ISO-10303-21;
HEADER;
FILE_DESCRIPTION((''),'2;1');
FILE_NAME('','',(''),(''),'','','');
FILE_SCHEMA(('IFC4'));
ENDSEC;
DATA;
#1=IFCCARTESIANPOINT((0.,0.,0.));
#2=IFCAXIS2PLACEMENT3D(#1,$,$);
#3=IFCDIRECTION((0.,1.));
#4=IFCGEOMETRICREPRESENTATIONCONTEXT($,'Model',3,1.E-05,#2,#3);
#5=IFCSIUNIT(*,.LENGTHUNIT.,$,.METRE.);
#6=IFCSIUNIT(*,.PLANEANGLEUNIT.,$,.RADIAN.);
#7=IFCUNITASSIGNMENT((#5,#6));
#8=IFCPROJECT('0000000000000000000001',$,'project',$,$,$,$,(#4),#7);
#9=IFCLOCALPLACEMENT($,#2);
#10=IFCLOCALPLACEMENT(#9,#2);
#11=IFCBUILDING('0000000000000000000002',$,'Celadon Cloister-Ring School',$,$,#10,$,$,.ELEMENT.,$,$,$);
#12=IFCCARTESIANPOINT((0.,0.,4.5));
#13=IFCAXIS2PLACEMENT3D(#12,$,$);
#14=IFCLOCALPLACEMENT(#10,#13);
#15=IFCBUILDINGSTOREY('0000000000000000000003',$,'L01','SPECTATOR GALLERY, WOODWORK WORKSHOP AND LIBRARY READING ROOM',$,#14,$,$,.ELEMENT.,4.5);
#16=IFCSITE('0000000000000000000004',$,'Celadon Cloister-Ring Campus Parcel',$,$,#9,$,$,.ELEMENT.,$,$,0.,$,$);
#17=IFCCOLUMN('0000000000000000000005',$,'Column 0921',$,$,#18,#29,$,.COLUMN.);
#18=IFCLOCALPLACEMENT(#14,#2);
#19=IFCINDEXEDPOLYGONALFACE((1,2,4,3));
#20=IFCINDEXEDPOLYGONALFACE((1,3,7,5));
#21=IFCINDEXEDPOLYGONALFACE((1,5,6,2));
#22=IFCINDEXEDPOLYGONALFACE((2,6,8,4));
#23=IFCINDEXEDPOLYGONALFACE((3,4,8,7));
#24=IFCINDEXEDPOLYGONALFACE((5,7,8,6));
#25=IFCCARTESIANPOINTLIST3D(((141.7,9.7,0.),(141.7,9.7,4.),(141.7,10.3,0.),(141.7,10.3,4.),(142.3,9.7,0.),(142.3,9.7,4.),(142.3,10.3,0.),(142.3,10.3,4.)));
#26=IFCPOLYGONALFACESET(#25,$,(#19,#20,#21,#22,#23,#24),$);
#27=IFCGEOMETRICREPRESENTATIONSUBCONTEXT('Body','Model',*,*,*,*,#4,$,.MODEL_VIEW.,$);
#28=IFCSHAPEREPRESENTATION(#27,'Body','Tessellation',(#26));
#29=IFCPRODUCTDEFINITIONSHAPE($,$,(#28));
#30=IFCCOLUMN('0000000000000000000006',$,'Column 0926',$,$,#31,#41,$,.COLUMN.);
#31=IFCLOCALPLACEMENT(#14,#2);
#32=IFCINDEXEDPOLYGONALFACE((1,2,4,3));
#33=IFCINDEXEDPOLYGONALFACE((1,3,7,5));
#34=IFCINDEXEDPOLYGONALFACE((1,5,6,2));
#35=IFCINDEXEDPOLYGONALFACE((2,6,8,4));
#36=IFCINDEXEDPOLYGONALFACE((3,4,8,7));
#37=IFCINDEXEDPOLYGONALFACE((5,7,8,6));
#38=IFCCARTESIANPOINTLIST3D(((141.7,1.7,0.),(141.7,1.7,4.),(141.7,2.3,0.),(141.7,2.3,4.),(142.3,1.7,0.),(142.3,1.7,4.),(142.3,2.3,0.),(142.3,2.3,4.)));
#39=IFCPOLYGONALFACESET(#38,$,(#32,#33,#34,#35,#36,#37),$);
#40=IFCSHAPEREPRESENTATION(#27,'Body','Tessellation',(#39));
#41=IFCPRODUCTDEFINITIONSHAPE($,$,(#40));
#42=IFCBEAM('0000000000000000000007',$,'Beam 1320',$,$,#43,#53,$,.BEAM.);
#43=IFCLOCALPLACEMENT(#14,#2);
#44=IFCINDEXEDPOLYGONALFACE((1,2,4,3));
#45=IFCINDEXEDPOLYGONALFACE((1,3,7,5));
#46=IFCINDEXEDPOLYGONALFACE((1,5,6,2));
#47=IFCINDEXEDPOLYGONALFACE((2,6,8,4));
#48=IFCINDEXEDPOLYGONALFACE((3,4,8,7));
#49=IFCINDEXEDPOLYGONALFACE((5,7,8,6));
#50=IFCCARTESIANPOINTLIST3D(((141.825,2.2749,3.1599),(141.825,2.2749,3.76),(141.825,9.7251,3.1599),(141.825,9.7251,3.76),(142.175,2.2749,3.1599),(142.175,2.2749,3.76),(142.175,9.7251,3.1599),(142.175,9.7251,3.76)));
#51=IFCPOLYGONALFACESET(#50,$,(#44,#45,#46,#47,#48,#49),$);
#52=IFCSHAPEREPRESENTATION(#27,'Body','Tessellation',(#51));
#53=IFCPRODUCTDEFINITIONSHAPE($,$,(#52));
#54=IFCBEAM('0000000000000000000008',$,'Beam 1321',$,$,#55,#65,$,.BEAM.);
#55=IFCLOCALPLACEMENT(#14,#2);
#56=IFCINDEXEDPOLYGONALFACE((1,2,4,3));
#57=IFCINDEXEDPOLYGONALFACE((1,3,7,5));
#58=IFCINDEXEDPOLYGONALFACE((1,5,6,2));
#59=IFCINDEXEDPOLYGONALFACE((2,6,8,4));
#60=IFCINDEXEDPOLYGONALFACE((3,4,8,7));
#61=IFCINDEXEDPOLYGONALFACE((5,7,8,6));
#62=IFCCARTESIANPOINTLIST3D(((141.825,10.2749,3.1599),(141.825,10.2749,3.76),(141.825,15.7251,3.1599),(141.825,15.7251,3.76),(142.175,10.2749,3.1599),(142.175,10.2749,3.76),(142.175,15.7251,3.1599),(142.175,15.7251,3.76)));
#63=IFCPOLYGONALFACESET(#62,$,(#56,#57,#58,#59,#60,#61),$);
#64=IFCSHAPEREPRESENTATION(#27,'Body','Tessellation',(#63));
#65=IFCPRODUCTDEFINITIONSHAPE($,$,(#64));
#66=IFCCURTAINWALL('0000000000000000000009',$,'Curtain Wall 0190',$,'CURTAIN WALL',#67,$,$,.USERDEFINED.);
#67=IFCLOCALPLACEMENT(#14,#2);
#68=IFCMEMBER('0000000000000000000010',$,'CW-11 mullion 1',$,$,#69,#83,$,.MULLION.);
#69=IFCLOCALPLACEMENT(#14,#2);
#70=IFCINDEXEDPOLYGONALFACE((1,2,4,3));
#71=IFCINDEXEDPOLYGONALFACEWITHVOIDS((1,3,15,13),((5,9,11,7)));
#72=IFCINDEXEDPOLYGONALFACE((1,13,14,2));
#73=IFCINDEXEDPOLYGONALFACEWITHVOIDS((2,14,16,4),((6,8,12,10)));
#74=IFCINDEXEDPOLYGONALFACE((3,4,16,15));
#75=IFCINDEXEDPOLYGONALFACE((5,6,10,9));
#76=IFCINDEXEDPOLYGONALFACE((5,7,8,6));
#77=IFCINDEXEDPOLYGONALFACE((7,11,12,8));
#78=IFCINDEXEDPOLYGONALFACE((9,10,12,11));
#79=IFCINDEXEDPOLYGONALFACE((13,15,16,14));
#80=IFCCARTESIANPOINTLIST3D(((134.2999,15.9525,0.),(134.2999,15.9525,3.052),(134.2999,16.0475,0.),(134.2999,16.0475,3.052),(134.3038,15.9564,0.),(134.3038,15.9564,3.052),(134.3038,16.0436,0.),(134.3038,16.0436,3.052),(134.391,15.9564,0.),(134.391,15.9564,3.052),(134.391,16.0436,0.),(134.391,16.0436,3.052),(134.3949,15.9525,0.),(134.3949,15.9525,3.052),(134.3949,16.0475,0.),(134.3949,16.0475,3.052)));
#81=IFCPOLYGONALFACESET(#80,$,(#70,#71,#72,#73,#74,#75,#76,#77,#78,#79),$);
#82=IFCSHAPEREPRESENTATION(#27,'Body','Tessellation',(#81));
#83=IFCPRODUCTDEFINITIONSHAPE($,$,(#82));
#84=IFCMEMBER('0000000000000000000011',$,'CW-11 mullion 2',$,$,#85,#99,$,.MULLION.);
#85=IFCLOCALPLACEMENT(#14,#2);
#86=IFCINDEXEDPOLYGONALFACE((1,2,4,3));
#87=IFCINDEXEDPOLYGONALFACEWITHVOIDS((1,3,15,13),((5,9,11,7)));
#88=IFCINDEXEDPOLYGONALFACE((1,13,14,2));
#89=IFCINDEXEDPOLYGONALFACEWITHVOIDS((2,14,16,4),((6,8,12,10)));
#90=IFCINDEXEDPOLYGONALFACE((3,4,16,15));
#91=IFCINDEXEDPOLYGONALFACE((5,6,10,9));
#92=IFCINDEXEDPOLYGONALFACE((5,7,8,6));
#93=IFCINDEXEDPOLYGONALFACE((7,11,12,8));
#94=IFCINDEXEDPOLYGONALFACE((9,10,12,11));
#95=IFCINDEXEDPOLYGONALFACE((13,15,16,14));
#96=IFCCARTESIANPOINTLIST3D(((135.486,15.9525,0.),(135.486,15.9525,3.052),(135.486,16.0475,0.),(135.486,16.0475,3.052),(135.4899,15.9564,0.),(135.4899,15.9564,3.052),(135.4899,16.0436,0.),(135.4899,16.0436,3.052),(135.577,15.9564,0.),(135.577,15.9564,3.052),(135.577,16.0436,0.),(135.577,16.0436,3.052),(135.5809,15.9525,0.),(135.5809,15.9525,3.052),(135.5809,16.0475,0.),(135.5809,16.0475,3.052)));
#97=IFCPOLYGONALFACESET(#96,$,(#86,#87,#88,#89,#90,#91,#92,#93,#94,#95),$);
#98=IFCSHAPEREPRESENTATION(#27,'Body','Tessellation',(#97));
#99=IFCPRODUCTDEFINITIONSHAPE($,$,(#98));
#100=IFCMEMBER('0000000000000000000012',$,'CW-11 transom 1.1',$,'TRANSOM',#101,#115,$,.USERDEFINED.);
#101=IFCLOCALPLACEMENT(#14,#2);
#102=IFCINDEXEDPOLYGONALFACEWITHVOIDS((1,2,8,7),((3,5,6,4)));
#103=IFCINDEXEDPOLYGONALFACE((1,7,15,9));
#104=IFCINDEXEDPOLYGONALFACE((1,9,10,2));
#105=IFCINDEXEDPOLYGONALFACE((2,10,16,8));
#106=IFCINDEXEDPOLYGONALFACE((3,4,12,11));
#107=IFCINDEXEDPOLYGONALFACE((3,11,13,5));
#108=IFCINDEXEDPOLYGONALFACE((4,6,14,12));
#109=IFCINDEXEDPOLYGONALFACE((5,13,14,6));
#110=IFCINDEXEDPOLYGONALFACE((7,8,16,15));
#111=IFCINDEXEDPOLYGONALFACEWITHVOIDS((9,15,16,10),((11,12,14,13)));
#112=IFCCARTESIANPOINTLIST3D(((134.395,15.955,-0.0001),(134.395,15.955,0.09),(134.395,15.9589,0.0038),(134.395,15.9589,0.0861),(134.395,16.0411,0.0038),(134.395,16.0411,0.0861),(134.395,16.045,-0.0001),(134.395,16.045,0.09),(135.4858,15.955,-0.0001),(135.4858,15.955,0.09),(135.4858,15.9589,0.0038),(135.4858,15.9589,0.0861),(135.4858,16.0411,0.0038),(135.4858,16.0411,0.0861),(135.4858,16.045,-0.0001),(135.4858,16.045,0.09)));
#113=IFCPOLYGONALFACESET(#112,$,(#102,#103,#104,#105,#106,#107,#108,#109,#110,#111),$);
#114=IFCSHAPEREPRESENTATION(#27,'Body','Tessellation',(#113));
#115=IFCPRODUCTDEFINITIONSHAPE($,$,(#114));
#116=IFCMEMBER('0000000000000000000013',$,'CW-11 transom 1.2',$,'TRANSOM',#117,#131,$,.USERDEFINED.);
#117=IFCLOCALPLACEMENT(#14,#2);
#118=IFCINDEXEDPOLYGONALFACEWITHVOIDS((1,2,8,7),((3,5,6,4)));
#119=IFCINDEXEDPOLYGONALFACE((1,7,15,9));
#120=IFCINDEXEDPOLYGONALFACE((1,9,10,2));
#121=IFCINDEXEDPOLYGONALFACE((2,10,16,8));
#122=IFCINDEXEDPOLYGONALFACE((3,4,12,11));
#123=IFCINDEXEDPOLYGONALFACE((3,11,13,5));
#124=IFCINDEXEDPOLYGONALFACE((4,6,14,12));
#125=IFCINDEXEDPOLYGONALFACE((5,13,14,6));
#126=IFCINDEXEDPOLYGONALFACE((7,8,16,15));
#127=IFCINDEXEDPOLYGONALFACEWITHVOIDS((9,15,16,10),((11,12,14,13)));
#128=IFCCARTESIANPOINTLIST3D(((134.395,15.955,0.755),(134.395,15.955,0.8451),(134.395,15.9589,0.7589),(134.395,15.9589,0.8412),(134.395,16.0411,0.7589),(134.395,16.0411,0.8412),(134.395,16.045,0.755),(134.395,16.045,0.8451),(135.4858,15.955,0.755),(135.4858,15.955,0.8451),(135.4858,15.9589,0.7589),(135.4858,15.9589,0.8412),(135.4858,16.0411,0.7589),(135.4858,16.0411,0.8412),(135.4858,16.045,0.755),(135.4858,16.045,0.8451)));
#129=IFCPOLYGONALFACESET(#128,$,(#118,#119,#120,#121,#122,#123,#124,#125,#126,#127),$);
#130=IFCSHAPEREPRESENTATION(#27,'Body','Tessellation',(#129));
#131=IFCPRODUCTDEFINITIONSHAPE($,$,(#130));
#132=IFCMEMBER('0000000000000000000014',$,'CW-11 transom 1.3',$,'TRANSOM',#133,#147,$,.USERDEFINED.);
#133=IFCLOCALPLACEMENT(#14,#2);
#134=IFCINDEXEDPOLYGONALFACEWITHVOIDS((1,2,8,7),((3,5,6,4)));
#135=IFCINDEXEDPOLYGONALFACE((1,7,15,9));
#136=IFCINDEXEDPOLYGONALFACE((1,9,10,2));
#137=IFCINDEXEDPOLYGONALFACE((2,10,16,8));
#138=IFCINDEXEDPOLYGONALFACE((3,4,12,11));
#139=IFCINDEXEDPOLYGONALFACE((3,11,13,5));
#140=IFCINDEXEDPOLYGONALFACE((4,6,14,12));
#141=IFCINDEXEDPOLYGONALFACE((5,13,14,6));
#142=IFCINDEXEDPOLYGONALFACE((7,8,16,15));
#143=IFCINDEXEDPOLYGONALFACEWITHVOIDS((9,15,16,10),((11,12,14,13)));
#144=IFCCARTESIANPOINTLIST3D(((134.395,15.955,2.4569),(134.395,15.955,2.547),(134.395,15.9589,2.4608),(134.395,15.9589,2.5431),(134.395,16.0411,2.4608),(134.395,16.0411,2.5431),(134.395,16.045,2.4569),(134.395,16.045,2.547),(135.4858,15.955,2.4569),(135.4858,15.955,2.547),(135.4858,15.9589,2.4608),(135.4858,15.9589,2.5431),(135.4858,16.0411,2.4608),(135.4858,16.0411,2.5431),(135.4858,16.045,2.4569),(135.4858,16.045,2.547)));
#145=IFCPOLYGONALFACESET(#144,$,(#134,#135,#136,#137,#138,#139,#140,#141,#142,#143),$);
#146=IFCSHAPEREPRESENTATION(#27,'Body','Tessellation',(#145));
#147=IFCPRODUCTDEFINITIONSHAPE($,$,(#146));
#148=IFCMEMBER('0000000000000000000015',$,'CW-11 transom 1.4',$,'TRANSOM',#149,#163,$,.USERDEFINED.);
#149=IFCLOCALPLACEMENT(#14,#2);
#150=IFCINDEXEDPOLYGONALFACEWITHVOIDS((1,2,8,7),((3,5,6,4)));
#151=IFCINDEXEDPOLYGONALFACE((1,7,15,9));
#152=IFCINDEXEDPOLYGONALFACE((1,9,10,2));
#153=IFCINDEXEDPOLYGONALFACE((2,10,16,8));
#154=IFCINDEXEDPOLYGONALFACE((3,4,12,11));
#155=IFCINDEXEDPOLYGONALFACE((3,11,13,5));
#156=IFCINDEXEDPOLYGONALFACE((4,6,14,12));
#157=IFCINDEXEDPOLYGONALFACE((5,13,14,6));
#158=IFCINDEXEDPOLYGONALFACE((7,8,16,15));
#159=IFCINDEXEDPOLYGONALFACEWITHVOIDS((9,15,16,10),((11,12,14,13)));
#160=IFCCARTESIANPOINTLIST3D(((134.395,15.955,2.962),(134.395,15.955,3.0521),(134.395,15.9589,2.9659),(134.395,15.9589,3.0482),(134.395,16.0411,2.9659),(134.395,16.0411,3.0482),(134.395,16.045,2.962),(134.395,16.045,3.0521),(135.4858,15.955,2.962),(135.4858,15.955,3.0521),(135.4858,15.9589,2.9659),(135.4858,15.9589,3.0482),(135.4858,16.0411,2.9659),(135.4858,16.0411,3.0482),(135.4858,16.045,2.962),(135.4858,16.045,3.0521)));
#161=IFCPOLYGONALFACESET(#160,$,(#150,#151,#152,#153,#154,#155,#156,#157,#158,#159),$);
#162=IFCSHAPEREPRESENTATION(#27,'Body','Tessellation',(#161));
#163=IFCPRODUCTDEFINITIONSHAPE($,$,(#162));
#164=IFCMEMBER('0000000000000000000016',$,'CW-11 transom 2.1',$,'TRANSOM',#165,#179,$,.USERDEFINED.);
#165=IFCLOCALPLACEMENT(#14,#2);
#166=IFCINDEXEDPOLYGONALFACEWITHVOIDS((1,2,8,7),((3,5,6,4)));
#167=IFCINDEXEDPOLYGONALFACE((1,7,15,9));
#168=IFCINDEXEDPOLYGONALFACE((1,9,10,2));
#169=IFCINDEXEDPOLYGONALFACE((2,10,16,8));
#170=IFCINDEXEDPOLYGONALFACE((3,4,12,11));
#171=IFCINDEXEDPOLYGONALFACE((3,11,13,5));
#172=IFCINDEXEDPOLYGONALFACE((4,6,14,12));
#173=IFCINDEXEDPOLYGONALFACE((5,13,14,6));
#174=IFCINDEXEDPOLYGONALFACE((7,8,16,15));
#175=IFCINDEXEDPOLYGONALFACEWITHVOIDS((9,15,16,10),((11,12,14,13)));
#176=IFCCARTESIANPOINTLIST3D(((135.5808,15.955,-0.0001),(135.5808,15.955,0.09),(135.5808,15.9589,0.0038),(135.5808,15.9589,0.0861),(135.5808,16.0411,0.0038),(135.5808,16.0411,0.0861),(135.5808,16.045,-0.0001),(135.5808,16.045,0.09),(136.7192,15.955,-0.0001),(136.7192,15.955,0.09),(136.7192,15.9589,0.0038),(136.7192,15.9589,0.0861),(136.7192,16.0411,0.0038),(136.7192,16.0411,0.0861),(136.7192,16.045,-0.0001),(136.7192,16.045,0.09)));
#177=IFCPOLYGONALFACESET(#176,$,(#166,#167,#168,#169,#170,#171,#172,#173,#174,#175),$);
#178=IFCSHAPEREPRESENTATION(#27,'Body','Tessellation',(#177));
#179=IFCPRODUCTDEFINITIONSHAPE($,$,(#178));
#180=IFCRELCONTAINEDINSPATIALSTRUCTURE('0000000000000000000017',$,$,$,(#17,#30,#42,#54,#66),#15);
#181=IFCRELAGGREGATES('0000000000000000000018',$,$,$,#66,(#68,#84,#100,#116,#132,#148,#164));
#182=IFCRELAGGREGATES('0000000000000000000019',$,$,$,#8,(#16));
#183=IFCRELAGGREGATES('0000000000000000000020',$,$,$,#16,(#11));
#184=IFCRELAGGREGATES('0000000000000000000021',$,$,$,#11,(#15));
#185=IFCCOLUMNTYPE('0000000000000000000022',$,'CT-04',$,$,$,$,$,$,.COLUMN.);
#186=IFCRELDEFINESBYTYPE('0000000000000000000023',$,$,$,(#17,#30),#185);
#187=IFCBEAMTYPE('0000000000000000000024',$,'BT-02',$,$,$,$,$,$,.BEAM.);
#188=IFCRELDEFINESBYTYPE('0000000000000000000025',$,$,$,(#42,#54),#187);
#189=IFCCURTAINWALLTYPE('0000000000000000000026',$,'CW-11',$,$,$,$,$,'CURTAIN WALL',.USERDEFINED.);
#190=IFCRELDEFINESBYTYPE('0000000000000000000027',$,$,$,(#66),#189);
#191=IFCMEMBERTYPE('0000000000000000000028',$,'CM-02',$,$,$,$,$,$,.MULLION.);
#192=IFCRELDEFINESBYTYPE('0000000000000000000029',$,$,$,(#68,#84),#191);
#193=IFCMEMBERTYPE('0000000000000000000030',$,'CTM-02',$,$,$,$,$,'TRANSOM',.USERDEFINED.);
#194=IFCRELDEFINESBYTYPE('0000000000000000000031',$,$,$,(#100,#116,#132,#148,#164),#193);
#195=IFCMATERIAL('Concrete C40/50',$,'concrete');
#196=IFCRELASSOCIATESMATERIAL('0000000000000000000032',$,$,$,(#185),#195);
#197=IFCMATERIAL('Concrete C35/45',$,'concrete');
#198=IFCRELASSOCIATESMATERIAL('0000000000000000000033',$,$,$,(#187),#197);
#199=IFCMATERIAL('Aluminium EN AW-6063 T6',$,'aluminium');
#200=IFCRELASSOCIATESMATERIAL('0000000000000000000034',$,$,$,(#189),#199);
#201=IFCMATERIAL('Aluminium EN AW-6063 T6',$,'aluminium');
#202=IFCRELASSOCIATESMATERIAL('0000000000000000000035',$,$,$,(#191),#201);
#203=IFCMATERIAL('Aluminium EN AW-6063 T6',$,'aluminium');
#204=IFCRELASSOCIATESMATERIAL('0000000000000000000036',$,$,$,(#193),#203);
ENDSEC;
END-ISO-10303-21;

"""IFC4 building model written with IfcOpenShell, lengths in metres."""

from ifc_helpers import new_model, si_unit, direction, frame, origin, origin_2d, place, context, subcontext, project, spatial, rectangle, hollow_rectangle, extrude, material, material_profile, profile_set, type_object, element, aggregate, save


model = new_model("IFC4")

# Units and contexts
model_context = context("Model", 3, precision=1e-05, world=origin(), true_north=direction((0.0, 1.0)))
body_context = subcontext(model_context, "Body", "Model", "MODEL_VIEW")
ifc_project = project(units=[si_unit("LENGTHUNIT", "METRE"), si_unit("PLANEANGLEUNIT", "RADIAN")], contexts=[model_context])

# Site, building, storey
site_placement = place(None, origin())
site = spatial("IfcSite", under=ifc_project, at=site_placement, Name="Celadon Cloister-Ring Campus Parcel", CompositionType="ELEMENT", RefElevation=0.0)
building_placement = place(site_placement, origin())
building = spatial("IfcBuilding", under=site, at=building_placement, Name="Celadon Cloister-Ring School", CompositionType="ELEMENT")
storey_placement = place(building_placement, frame((0.0, 0.0, 4.5)))
storey = spatial("IfcBuildingStorey", under=building, at=storey_placement, Name="L01", Description="SPECTATOR GALLERY, WOODWORK WORKSHOP AND LIBRARY READING ROOM", CompositionType="ELEMENT", Elevation=4.5)

# Columns
ifc_material_1 = material(Name="Concrete C40/50", Category="concrete")
ifc_material_profile_1 = material_profile(ifc_material_1, rectangle(XDim=0.6001, YDim=0.6001, at=origin_2d()), Name="RC600X600")
ifc_profile_set_1 = profile_set([ifc_material_profile_1], Name="Concrete C40/50")
column_type = type_object("IfcColumnType", Name="CT-04", PredefinedType="COLUMN", material=ifc_profile_set_1)
for number, where, z_axis, x_axis, name in (
    (1, (142.0, 10.0, 0.0), (0.0, 0.0, 1.0), (1.0, 0.0, 0.0), "Column 0921"),
    (2, (142.0, 2.0, 0.0), (0.0, 0.0, 1.0), (1.0, 0.0, 0.0), "Column 0926"),
):
    element("IfcColumn", number, at=place(storey_placement, frame(where, z_axis=z_axis, x_axis=x_axis)), inside=storey, type_object=column_type, Name=name, PredefinedType="COLUMN", context=body_context, shape_type="SweptSolid", body=[
        extrude(rectangle(XDim=0.6001, YDim=0.6001, at=origin_2d()), origin(), (0.0, 0.0, 1.0), 4.0),
    ])

# Beams
ifc_material_2 = material(Name="Concrete C35/45", Category="concrete")
ifc_material_profile_2 = material_profile(ifc_material_2, rectangle(XDim=0.3501, YDim=0.6001, at=origin_2d()), Name="RC350X600")
ifc_profile_set_2 = profile_set([ifc_material_profile_2], Name="Concrete C35/45")
beam_type_1 = type_object("IfcBeamType", Name="BT-02", PredefinedType="BEAM", material=ifc_profile_set_2)
beam_1_placement = place(storey_placement, frame((142.0, 2.2749, 3.46), z_axis=(0.0, 1.0, 0.0), x_axis=(-1.0, 0.0, 0.0)))
element("IfcBeam", 3, at=beam_1_placement, inside=storey, type_object=beam_type_1, Name="Beam 1320", PredefinedType="BEAM", context=body_context, shape_type="SweptSolid", body=[
    extrude(rectangle(XDim=0.3501, YDim=0.6001, at=origin_2d()), origin(), (0.0, 0.0, 1.0), 7.4502),
])
beam_2_placement = place(storey_placement, frame((142.0, 10.2749, 3.46), z_axis=(0.0, 1.0, 0.0), x_axis=(-1.0, 0.0, 0.0)))
element("IfcBeam", 4, at=beam_2_placement, inside=storey, type_object=beam_type_1, Name="Beam 1321", PredefinedType="BEAM", context=body_context, shape_type="SweptSolid", body=[
    extrude(rectangle(XDim=0.3501, YDim=0.6001, at=origin_2d()), origin(), (0.0, 0.0, 1.0), 5.4502),
])

# Curtain wall, members
ifc_material_3 = material(Name="Aluminium EN AW-6063 T6", Category="aluminium")
curtain_wall_type = type_object("IfcCurtainWallType", Name="CW-11", ElementType="CURTAIN WALL", PredefinedType="USERDEFINED", material=ifc_material_3)
curtain_wall_placement = place(storey_placement, origin())
curtain_wall = element("IfcCurtainWall", 5, at=curtain_wall_placement, inside=storey, type_object=curtain_wall_type, Name="Curtain Wall 0190", ObjectType="CURTAIN WALL", PredefinedType="USERDEFINED")
ifc_material_4 = material(Name="Aluminium EN AW-6063 T6", Category="aluminium")
ifc_material_profile_3 = material_profile(ifc_material_4, hollow_rectangle(XDim=0.095, YDim=0.095, WallThickness=0.0039, at=origin_2d()), Name="RHS95X95X4")
ifc_profile_set_3 = profile_set([ifc_material_profile_3], Name="Aluminium EN AW-6063 T6")
member_type_1 = type_object("IfcMemberType", Name="CM-02", PredefinedType="MULLION", material=ifc_profile_set_3)
member_1_placement = place(storey_placement, frame((134.3474, 16.0, 0.0), z_axis=(0.0, 0.0, 1.0), x_axis=(0.0, 1.0, 0.0)))
member_1 = element("IfcMember", 6, at=member_1_placement, type_object=member_type_1, Name="CW-11 mullion 1", PredefinedType="MULLION", context=body_context, shape_type="SweptSolid", body=[
    extrude(hollow_rectangle(XDim=0.095, YDim=0.095, WallThickness=0.0039, at=origin_2d()), origin(), (0.0, 0.0, 1.0), 3.052),
])
member_2_placement = place(storey_placement, frame((135.5334, 16.0, 0.0), z_axis=(0.0, 0.0, 1.0), x_axis=(0.0, 1.0, 0.0)))
member_2 = element("IfcMember", 7, at=member_2_placement, type_object=member_type_1, Name="CW-11 mullion 2", PredefinedType="MULLION", context=body_context, shape_type="SweptSolid", body=[
    extrude(hollow_rectangle(XDim=0.095, YDim=0.095, WallThickness=0.0039, at=origin_2d()), origin(), (0.0, 0.0, 1.0), 3.052),
])
ifc_material_5 = material(Name="Aluminium EN AW-6063 T6", Category="aluminium")
ifc_material_profile_4 = material_profile(ifc_material_5, hollow_rectangle(XDim=0.0901, YDim=0.0901, WallThickness=0.0039, at=origin_2d()), Name="RHS90X90X4")
ifc_profile_set_4 = profile_set([ifc_material_profile_4], Name="Aluminium EN AW-6063 T6")
member_type_2 = type_object("IfcMemberType", Name="CTM-02", ElementType="TRANSOM", PredefinedType="USERDEFINED", material=ifc_profile_set_4)
member_3_placement = place(storey_placement, frame((134.395, 16.0, 0.0449), z_axis=(1.0, 0.0, 0.0), x_axis=(0.0, 1.0, 0.0)))
member_3 = element("IfcMember", 8, at=member_3_placement, type_object=member_type_2, Name="CW-11 transom 1.1", ObjectType="TRANSOM", PredefinedType="USERDEFINED", context=body_context, shape_type="SweptSolid", body=[
    extrude(hollow_rectangle(XDim=0.0901, YDim=0.0901, WallThickness=0.0039, at=origin_2d()), origin(), (0.0, 0.0, 1.0), 1.0908),
])
member_4_placement = place(storey_placement, frame((134.395, 16.0, 0.8), z_axis=(1.0, 0.0, 0.0), x_axis=(0.0, 1.0, 0.0)))
member_4 = element("IfcMember", 9, at=member_4_placement, type_object=member_type_2, Name="CW-11 transom 1.2", ObjectType="TRANSOM", PredefinedType="USERDEFINED", context=body_context, shape_type="SweptSolid", body=[
    extrude(hollow_rectangle(XDim=0.0901, YDim=0.0901, WallThickness=0.0039, at=origin_2d()), origin(), (0.0, 0.0, 1.0), 1.0908),
])
member_5_placement = place(storey_placement, frame((134.395, 16.0, 2.502), z_axis=(1.0, 0.0, 0.0), x_axis=(0.0, 1.0, 0.0)))
member_5 = element("IfcMember", 10, at=member_5_placement, type_object=member_type_2, Name="CW-11 transom 1.3", ObjectType="TRANSOM", PredefinedType="USERDEFINED", context=body_context, shape_type="SweptSolid", body=[
    extrude(hollow_rectangle(XDim=0.0901, YDim=0.0901, WallThickness=0.0039, at=origin_2d()), origin(), (0.0, 0.0, 1.0), 1.0908),
])
member_6_placement = place(storey_placement, frame((134.395, 16.0, 3.0071), z_axis=(1.0, 0.0, 0.0), x_axis=(0.0, 1.0, 0.0)))
member_6 = element("IfcMember", 11, at=member_6_placement, type_object=member_type_2, Name="CW-11 transom 1.4", ObjectType="TRANSOM", PredefinedType="USERDEFINED", context=body_context, shape_type="SweptSolid", body=[
    extrude(hollow_rectangle(XDim=0.0901, YDim=0.0901, WallThickness=0.0039, at=origin_2d()), origin(), (0.0, 0.0, 1.0), 1.0908),
])
member_7_placement = place(storey_placement, frame((135.5808, 16.0, 0.0449), z_axis=(1.0, 0.0, 0.0), x_axis=(0.0, 1.0, 0.0)))
member_7 = element("IfcMember", 12, at=member_7_placement, type_object=member_type_2, Name="CW-11 transom 2.1", ObjectType="TRANSOM", PredefinedType="USERDEFINED", context=body_context, shape_type="SweptSolid", body=[
    extrude(hollow_rectangle(XDim=0.0901, YDim=0.0901, WallThickness=0.0039, at=origin_2d()), origin(), (0.0, 0.0, 1.0), 1.1384),
])

aggregate(curtain_wall, [member_1, member_2, member_3, member_4, member_5, member_6, member_7])

save(model, "model.ifc")
